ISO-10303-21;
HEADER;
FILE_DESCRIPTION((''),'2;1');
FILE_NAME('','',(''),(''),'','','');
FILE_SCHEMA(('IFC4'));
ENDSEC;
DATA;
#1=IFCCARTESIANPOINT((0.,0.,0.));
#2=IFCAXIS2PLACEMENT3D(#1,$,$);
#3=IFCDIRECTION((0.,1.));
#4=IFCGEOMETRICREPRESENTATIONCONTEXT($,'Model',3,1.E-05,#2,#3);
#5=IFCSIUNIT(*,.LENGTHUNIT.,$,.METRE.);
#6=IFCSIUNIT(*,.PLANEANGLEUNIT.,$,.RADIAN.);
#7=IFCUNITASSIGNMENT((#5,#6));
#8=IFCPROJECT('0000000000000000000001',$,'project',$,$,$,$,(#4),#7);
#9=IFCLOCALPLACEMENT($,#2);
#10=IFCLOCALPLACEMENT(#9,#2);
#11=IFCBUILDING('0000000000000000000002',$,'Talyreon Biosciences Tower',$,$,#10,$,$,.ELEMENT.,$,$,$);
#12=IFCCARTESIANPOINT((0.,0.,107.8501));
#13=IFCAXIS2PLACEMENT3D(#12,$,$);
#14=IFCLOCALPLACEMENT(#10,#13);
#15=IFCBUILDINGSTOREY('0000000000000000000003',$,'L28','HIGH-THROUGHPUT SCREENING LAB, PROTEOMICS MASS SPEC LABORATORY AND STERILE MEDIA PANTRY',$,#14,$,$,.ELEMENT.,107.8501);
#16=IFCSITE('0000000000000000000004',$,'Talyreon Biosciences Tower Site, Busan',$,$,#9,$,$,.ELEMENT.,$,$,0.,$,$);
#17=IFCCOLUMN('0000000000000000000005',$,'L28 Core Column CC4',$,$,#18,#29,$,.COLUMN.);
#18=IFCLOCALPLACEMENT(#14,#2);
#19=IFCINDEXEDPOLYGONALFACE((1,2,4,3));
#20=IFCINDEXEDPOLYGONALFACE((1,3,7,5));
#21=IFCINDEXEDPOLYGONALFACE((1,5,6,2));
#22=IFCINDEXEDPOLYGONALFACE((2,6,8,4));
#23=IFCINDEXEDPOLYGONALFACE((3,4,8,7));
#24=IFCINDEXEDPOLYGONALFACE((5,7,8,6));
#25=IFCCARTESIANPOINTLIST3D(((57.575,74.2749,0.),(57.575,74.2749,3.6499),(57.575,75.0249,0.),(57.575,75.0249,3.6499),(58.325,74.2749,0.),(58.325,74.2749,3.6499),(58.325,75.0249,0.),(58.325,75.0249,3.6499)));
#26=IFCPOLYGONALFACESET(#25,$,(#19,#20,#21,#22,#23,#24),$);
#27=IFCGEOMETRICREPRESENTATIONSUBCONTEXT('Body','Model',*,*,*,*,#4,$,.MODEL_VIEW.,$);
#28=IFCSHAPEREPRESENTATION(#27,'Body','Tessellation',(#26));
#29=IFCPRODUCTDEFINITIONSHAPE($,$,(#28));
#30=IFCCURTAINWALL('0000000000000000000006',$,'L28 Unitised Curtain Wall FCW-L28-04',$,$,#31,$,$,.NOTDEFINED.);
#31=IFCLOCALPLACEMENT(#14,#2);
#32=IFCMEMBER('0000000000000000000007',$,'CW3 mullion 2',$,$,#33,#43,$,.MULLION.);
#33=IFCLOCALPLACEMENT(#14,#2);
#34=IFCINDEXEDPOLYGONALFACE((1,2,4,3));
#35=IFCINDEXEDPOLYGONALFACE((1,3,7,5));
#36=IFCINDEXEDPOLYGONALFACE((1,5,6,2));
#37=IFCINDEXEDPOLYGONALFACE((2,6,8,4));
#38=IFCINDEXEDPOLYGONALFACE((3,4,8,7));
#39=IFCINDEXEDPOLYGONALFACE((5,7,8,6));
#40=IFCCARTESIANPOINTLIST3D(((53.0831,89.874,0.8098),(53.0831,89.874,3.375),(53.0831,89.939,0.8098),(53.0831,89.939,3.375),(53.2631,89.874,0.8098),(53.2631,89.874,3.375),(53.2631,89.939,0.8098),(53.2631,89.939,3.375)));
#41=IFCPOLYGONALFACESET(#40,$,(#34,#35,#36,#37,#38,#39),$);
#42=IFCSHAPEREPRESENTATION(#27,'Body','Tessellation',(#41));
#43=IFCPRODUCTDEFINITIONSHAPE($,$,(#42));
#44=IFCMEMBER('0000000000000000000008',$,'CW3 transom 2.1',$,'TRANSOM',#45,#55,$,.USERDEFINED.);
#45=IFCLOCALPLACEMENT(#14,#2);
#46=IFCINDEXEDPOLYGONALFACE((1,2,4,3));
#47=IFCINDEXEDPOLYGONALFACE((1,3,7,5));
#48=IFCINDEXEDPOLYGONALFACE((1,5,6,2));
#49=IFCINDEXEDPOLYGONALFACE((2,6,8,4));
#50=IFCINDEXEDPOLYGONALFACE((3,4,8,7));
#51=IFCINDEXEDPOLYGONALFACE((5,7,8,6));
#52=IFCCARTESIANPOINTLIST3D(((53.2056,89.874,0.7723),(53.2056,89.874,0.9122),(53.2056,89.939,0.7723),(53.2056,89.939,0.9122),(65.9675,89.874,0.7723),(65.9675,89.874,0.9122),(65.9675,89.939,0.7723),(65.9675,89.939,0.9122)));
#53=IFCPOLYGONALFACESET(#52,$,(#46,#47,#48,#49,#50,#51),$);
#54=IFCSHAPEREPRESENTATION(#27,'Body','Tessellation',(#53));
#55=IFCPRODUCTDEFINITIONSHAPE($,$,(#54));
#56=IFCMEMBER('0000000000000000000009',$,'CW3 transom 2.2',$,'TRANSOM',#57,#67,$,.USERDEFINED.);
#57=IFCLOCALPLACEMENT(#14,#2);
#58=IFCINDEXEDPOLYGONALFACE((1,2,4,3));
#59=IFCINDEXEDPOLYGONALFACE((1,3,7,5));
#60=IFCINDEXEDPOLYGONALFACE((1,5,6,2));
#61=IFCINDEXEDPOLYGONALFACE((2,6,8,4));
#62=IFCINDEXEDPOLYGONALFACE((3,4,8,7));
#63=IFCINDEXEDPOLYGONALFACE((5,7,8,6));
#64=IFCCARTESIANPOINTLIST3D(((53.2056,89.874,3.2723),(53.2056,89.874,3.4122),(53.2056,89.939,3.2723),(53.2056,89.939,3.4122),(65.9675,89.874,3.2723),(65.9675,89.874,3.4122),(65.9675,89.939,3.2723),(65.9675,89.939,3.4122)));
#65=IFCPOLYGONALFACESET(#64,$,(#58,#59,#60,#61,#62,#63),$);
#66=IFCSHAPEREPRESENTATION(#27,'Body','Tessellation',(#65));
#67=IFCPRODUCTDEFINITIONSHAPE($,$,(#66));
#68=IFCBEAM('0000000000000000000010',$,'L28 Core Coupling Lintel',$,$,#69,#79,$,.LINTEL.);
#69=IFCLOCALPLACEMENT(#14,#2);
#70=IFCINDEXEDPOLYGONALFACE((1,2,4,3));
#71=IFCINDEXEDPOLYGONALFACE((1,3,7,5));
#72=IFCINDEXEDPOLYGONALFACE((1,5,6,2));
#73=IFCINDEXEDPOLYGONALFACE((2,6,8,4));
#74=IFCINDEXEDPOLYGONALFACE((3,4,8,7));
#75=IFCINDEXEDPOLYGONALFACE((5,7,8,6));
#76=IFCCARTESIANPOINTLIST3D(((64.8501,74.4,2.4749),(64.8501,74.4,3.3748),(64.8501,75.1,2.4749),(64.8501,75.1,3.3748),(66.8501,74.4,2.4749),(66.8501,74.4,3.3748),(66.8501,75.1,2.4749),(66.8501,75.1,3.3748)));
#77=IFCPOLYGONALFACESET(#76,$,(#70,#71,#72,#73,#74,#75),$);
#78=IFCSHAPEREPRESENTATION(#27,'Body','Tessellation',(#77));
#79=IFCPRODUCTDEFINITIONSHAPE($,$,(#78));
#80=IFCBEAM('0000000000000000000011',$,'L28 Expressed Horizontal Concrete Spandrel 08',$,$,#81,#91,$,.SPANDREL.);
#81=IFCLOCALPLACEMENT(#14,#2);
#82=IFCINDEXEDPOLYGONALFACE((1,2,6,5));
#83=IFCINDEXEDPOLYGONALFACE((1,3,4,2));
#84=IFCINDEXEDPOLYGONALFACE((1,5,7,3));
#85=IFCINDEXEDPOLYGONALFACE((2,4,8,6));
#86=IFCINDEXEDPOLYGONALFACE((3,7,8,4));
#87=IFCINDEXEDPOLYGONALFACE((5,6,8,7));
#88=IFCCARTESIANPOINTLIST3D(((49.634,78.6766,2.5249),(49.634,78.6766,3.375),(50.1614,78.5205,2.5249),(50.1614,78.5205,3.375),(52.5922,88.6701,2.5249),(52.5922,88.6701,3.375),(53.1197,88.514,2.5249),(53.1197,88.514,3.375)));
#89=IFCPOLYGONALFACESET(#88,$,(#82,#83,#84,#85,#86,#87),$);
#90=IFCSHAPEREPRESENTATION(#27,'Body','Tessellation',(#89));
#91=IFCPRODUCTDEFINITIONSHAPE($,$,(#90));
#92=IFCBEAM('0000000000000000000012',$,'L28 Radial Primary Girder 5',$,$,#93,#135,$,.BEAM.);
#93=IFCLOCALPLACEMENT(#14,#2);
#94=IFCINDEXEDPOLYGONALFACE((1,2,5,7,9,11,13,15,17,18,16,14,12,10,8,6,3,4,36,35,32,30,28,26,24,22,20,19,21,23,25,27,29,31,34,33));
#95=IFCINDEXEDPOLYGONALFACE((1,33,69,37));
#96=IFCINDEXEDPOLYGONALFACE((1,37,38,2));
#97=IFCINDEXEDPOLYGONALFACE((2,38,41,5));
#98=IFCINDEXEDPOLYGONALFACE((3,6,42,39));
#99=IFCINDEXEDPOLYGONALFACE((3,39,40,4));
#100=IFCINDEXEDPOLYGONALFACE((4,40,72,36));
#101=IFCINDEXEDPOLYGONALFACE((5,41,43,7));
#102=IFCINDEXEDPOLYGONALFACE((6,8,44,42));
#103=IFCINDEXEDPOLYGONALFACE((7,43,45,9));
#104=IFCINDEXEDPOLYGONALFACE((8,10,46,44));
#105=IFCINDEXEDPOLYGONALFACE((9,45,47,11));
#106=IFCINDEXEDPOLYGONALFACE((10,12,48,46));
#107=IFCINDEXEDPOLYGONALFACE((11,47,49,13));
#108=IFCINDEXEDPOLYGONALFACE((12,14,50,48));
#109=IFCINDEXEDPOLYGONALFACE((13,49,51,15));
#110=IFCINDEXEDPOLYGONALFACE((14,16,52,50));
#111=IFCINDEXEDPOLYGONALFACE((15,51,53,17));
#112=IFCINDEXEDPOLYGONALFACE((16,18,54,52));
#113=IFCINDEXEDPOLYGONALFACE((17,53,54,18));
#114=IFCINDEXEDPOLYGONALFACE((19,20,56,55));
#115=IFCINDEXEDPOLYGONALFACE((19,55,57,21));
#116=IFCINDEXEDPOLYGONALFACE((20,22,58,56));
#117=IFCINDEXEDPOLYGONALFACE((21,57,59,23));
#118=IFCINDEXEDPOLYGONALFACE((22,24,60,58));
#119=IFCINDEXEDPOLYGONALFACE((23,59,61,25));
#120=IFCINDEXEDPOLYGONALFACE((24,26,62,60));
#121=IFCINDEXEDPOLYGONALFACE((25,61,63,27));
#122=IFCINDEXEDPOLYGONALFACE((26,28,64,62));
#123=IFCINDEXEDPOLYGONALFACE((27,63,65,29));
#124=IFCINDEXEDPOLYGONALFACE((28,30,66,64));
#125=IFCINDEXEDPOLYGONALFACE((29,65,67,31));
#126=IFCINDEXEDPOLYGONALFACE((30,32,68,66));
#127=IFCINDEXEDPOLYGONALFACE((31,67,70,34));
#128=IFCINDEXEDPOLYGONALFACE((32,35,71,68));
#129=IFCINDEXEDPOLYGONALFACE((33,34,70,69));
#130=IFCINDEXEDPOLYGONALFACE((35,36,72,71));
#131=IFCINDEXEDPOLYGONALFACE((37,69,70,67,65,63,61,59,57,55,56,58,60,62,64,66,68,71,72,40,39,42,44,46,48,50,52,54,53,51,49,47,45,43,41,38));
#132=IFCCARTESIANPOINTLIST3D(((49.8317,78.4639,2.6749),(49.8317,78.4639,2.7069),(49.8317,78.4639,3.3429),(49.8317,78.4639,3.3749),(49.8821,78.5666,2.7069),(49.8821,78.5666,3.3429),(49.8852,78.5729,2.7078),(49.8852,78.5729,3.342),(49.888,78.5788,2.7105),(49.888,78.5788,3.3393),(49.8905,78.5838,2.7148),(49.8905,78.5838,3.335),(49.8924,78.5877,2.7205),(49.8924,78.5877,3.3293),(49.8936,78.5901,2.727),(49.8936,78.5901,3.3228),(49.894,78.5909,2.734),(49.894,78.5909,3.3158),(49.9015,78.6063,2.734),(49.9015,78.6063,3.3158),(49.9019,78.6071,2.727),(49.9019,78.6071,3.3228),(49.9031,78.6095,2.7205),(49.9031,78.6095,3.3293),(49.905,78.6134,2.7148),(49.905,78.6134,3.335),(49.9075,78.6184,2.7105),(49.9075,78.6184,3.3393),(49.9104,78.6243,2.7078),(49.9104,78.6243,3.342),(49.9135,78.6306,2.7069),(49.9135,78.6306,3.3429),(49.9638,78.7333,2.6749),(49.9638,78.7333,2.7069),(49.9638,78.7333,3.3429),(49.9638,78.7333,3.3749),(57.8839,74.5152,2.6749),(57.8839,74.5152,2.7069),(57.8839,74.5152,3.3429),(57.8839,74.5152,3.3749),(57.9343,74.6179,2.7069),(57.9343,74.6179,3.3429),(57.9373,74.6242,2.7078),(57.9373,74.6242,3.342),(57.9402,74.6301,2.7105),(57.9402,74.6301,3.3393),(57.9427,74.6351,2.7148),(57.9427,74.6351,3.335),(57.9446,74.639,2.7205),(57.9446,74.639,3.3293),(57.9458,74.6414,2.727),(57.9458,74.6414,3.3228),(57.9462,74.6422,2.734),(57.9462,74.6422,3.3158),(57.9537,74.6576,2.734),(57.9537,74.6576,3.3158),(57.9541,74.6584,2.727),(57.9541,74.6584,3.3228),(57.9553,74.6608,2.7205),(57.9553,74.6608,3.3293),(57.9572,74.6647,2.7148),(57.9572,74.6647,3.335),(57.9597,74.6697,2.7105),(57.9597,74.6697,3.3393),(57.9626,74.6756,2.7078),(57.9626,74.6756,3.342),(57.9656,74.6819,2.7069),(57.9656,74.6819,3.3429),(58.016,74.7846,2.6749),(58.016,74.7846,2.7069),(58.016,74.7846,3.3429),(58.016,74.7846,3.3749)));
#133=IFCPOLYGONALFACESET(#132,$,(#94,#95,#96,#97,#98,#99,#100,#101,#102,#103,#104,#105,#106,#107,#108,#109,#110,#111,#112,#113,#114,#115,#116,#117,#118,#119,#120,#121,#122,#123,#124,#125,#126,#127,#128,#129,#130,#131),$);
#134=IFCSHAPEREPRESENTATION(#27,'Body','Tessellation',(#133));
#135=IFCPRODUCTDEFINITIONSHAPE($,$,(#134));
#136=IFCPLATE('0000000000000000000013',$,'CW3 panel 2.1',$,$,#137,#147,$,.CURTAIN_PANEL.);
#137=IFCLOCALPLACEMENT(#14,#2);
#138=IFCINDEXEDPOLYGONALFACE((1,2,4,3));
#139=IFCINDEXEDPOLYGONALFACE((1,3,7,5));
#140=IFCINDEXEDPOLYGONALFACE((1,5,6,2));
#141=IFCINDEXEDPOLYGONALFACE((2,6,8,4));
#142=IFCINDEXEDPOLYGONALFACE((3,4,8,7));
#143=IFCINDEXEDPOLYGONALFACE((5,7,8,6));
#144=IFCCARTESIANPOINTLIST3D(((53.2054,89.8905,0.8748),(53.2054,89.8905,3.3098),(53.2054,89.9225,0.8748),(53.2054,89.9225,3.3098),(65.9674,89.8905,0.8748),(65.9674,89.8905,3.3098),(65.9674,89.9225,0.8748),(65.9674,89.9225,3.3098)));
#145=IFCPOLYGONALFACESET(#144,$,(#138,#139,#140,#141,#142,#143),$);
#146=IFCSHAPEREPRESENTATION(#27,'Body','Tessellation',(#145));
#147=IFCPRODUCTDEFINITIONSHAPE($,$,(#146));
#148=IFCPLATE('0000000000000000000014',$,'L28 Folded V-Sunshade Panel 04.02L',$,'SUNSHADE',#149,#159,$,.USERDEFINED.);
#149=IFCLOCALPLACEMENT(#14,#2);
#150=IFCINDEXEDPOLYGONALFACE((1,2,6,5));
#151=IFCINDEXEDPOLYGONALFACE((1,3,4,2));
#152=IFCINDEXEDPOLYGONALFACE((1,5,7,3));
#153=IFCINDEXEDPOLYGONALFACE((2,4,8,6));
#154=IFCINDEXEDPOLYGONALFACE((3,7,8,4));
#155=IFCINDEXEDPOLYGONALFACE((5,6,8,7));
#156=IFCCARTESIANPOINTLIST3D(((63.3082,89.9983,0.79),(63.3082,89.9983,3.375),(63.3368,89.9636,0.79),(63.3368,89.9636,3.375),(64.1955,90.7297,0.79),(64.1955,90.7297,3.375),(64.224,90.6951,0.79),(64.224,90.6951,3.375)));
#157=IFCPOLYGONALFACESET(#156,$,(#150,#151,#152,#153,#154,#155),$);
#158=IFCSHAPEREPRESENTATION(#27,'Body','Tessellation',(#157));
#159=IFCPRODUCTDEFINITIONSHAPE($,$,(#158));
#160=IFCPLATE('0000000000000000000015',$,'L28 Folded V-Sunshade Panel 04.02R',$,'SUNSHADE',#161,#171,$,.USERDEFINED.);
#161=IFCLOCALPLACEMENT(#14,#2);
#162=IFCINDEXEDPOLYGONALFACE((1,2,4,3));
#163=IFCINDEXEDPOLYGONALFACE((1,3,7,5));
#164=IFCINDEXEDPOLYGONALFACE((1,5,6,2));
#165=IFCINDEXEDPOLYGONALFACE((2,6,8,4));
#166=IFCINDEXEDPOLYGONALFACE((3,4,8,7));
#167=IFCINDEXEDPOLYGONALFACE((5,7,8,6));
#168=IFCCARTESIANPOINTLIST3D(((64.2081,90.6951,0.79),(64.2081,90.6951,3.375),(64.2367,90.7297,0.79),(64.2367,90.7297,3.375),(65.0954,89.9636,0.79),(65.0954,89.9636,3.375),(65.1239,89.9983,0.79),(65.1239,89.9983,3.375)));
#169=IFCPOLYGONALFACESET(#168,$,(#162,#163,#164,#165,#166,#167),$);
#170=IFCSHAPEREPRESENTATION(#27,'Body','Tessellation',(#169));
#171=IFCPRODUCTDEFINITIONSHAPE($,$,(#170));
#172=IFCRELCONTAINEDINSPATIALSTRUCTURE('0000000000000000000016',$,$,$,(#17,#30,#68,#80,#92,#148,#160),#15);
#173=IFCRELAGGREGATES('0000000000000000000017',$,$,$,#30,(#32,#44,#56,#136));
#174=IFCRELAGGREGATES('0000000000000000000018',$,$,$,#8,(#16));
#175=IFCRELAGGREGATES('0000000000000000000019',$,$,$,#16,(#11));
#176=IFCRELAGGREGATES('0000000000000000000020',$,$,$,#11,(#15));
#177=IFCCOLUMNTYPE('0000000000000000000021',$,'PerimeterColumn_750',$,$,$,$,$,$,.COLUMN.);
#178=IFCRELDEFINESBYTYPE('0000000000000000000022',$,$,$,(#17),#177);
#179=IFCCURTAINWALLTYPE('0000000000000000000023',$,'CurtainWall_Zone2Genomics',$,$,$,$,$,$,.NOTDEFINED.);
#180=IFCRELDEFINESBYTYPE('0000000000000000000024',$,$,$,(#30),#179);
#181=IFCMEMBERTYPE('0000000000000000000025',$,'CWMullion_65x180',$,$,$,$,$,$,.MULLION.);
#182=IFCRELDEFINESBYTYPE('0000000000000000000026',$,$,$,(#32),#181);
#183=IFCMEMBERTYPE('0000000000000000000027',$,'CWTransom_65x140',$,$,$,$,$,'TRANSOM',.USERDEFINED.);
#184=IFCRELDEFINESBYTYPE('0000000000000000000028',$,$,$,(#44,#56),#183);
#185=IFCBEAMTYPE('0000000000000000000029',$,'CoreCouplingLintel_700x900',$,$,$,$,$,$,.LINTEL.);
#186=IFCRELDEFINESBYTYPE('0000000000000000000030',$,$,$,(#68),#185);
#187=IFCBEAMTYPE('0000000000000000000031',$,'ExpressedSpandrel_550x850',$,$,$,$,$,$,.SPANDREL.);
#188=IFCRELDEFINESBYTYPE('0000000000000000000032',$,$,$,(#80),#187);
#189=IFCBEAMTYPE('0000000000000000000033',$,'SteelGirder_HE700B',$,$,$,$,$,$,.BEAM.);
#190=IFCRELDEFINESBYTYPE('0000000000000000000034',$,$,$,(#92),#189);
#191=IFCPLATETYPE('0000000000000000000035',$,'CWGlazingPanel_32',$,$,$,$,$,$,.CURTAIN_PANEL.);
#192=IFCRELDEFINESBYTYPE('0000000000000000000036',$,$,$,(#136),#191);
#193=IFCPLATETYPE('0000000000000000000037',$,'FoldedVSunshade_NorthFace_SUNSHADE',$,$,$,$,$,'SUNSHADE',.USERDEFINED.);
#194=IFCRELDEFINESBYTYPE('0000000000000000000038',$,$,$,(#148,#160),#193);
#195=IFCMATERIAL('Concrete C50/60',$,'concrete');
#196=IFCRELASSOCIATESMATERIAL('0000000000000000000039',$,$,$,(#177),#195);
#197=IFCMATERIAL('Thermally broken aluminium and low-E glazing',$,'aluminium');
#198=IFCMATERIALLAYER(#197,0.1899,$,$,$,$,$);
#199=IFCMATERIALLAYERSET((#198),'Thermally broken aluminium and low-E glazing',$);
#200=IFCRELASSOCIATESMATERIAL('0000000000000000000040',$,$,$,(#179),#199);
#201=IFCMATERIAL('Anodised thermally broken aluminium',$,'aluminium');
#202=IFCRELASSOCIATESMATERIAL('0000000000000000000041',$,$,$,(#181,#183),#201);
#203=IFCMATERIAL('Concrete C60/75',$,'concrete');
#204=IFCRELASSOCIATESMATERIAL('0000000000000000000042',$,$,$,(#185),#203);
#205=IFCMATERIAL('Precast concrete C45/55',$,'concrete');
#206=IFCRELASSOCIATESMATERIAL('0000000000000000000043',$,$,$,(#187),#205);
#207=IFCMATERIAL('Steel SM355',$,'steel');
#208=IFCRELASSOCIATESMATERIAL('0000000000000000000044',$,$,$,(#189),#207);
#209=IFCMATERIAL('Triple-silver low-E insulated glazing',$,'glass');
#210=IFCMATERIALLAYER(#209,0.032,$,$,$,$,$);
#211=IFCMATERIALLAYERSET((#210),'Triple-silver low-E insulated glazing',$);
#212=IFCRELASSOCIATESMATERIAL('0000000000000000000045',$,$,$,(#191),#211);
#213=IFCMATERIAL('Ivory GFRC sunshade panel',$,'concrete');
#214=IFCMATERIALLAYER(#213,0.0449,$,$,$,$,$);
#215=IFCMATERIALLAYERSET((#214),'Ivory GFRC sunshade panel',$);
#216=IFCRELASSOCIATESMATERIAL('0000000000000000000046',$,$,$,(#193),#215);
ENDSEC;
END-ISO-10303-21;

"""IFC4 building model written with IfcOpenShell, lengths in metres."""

from ifc_helpers import new_model, si_unit, direction, frame, origin, origin_2d, place, context, subcontext, project, spatial, rectangle, i_section, extrude, material, layer, layer_set, material_profile, profile_set, type_object, element, aggregate, save


model = new_model("IFC4")

# Units and contexts
model_context = context("Model", 3, precision=1e-05, world=origin(), true_north=direction((0.0, 1.0)))
body_context = subcontext(model_context, "Body", "Model", "MODEL_VIEW")
ifc_project = project(units=[si_unit("LENGTHUNIT", "METRE"), si_unit("PLANEANGLEUNIT", "RADIAN")], contexts=[model_context])

# Site, building, storey
site_placement = place(None, origin())
site = spatial("IfcSite", under=ifc_project, at=site_placement, Name="Talyreon Biosciences Tower Site, Busan", CompositionType="ELEMENT", RefElevation=0.0)
building_placement = place(site_placement, origin())
building = spatial("IfcBuilding", under=site, at=building_placement, Name="Talyreon Biosciences Tower", CompositionType="ELEMENT")
storey_placement = place(building_placement, frame((0.0, 0.0, 107.8501)))
storey = spatial("IfcBuildingStorey", under=building, at=storey_placement, Name="L28", Description="HIGH-THROUGHPUT SCREENING LAB, PROTEOMICS MASS SPEC LABORATORY AND STERILE MEDIA PANTRY", CompositionType="ELEMENT", Elevation=107.8501)

# Column
ifc_material_1 = material(Name="Concrete C50/60", Category="concrete")
ifc_material_profile_1 = material_profile(ifc_material_1, rectangle(XDim=0.75, YDim=0.75, at=origin_2d()), Name="RC 750x750")
ifc_profile_set_1 = profile_set([ifc_material_profile_1], Name="Concrete C50/60")
column_type = type_object("IfcColumnType", Name="PerimeterColumn_750", PredefinedType="COLUMN", material=ifc_profile_set_1)
column_placement = place(storey_placement, frame((57.95, 74.6499, 0.0), z_axis=(0.0, 0.0, 1.0), x_axis=(1.0, 0.0, 0.0)))
element("IfcColumn", 1, at=column_placement, inside=storey, type_object=column_type, Name="L28 Core Column CC4", PredefinedType="COLUMN", context=body_context, shape_type="SweptSolid", body=[
    extrude(rectangle(XDim=0.75, YDim=0.75, at=origin_2d()), origin(), (0.0, 0.0, 1.0), 3.6499),
])

# Curtain wall, members
ifc_material_2 = material(Name="Thermally broken aluminium and low-E glazing", Category="aluminium")
ifc_layer_1 = layer(ifc_material_2, 0.1899)
ifc_layer_set_1 = layer_set([ifc_layer_1], Name="Thermally broken aluminium and low-E glazing")
curtain_wall_type = type_object("IfcCurtainWallType", Name="CurtainWall_Zone2Genomics", PredefinedType="NOTDEFINED", material=ifc_layer_set_1)
curtain_wall_placement = place(storey_placement, origin())
curtain_wall = element("IfcCurtainWall", 2, at=curtain_wall_placement, inside=storey, type_object=curtain_wall_type, Name="L28 Unitised Curtain Wall FCW-L28-04", PredefinedType="NOTDEFINED")
ifc_material_3 = material(Name="Anodised thermally broken aluminium", Category="aluminium")
ifc_material_profile_2 = material_profile(ifc_material_3, rectangle(XDim=0.0649, YDim=0.1799, at=origin_2d()), Name="ALUM MULLION 65x180")
ifc_profile_set_2 = profile_set([ifc_material_profile_2], Name="Anodised thermally broken aluminium")
member_type_1 = type_object("IfcMemberType", Name="CWMullion_65x180", PredefinedType="MULLION", material=ifc_profile_set_2)
member_1_placement = place(storey_placement, frame((53.1731, 89.9065, 0.8098), z_axis=(0.0, 0.0, 1.0), x_axis=(0.0, 1.0, 0.0)))
member_1 = element("IfcMember", 3, at=member_1_placement, type_object=member_type_1, Name="CW3 mullion 2", PredefinedType="MULLION", context=body_context, shape_type="SweptSolid", body=[
    extrude(rectangle(XDim=0.0649, YDim=0.1799, at=origin_2d()), origin(), (0.0, 0.0, 1.0), 2.5652),
])
ifc_material_profile_3 = material_profile(ifc_material_3, rectangle(XDim=0.0649, YDim=0.1399, at=origin_2d()), Name="ALUM TRANSOM 65x140")
ifc_profile_set_3 = profile_set([ifc_material_profile_3], Name="Anodised thermally broken aluminium")
member_type_2 = type_object("IfcMemberType", Name="CWTransom_65x140", ElementType="TRANSOM", PredefinedType="USERDEFINED", material=ifc_profile_set_3)
member_2_placement = place(storey_placement, frame((53.2056, 89.9065, 0.8423), z_axis=(1.0, 0.0, 0.0), x_axis=(0.0, 1.0, 0.0)))
member_2 = element("IfcMember", 4, at=member_2_placement, type_object=member_type_2, Name="CW3 transom 2.1", ObjectType="TRANSOM", PredefinedType="USERDEFINED", context=body_context, shape_type="SweptSolid", body=[
    extrude(rectangle(XDim=0.0649, YDim=0.1399, at=origin_2d()), origin(), (0.0, 0.0, 1.0), 12.762),
])
member_3_placement = place(storey_placement, frame((53.2056, 89.9065, 3.3423), z_axis=(1.0, 0.0, 0.0), x_axis=(0.0, 1.0, 0.0)))
member_3 = element("IfcMember", 5, at=member_3_placement, type_object=member_type_2, Name="CW3 transom 2.2", ObjectType="TRANSOM", PredefinedType="USERDEFINED", context=body_context, shape_type="SweptSolid", body=[
    extrude(rectangle(XDim=0.0649, YDim=0.1399, at=origin_2d()), origin(), (0.0, 0.0, 1.0), 12.762),
])

# Beams
ifc_material_4 = material(Name="Concrete C60/75", Category="concrete")
ifc_material_profile_4 = material_profile(ifc_material_4, rectangle(XDim=0.7, YDim=0.8999, at=origin_2d()), Name="RCB 700x900")
ifc_profile_set_4 = profile_set([ifc_material_profile_4], Name="Concrete C60/75")
beam_type_1 = type_object("IfcBeamType", Name="CoreCouplingLintel_700x900", PredefinedType="LINTEL", material=ifc_profile_set_4)
beam_1_placement = place(storey_placement, frame((64.8501, 74.75, 2.9248), z_axis=(1.0, 0.0, 0.0), x_axis=(0.0, 1.0, 0.0)))
element("IfcBeam", 6, at=beam_1_placement, inside=storey, type_object=beam_type_1, Name="L28 Core Coupling Lintel", PredefinedType="LINTEL", context=body_context, shape_type="SweptSolid", body=[
    extrude(rectangle(XDim=0.7, YDim=0.8999, at=origin_2d()), origin(), (0.0, 0.0, 1.0), 2.0),
])
ifc_material_5 = material(Name="Precast concrete C45/55", Category="concrete")
ifc_material_profile_5 = material_profile(ifc_material_5, rectangle(XDim=0.55, YDim=0.8501, at=origin_2d()), Name="RCB 550x850")
ifc_profile_set_5 = profile_set([ifc_material_profile_5], Name="Precast concrete C45/55")
beam_type_2 = type_object("IfcBeamType", Name="ExpressedSpandrel_550x850", PredefinedType="SPANDREL", material=ifc_profile_set_5)
beam_2_placement = place(storey_placement, frame((52.856, 88.592, 2.95), z_axis=(-0.283845, -0.95887, 0.0), x_axis=(0.95887, -0.283845, 0.0)))
element("IfcBeam", 7, at=beam_2_placement, inside=storey, type_object=beam_type_2, Name="L28 Expressed Horizontal Concrete Spandrel 08", PredefinedType="SPANDREL", context=body_context, shape_type="SweptSolid", body=[
    extrude(rectangle(XDim=0.55, YDim=0.8501, at=origin_2d()), origin(), (0.0, 0.0, 1.0), 10.4221),
])
ifc_material_6 = material(Name="Steel SM355", Category="steel")
ifc_material_profile_6 = material_profile(ifc_material_6, i_section(OverallWidth=0.3, OverallDepth=0.7, WebThickness=0.0171, FlangeThickness=0.032, FilletRadius=0.0271, at=origin_2d()), Name="HE700B")
ifc_profile_set_6 = profile_set([ifc_material_profile_6], Name="Steel SM355")
beam_type_3 = type_object("IfcBeamType", Name="SteelGirder_HE700B", PredefinedType="BEAM", material=ifc_profile_set_6)
beam_3_placement = place(storey_placement, frame((57.95, 74.6499, 3.0249), z_axis=(-0.897852, 0.440297, 0.0), x_axis=(-0.440297, -0.897852, 0.0)))
element("IfcBeam", 8, at=beam_3_placement, inside=storey, type_object=beam_type_3, Name="L28 Radial Primary Girder 5", PredefinedType="BEAM", context=body_context, shape_type="SweptSolid", body=[
    extrude(i_section(OverallWidth=0.3, OverallDepth=0.7, WebThickness=0.0171, FlangeThickness=0.032, FilletRadius=0.0271, at=origin_2d()), origin(), (0.0, 0.0, 1.0), 8.9683),
])

# Plate
ifc_material_7 = material(Name="Triple-silver low-E insulated glazing", Category="glass")
ifc_layer_2 = layer(ifc_material_7, 0.032)
ifc_layer_set_2 = layer_set([ifc_layer_2], Name="Triple-silver low-E insulated glazing")
plate_type_1 = type_object("IfcPlateType", Name="CWGlazingPanel_32", PredefinedType="CURTAIN_PANEL", material=ifc_layer_set_2)
plate_placement = place(storey_placement, frame((59.5864, 89.9065, 0.8748), z_axis=(0.0, 0.0, 1.0), x_axis=(1.0, 0.0, 0.0)))
plate = element("IfcPlate", 9, at=plate_placement, type_object=plate_type_1, Name="CW3 panel 2.1", PredefinedType="CURTAIN_PANEL", context=body_context, shape_type="SweptSolid", body=[
    extrude(rectangle(XDim=12.762, YDim=0.032, at=origin_2d()), origin(), (0.0, 0.0, 1.0), 2.4351),
])
aggregate(curtain_wall, [member_1, member_2, member_3, plate])

# Plates
ifc_material_8 = material(Name="Ivory GFRC sunshade panel", Category="concrete")
ifc_layer_3 = layer(ifc_material_8, 0.0449)
ifc_layer_set_3 = layer_set([ifc_layer_3], Name="Ivory GFRC sunshade panel")
plate_type_2 = type_object("IfcPlateType", Name="FoldedVSunshade_NorthFace_SUNSHADE", ElementType="SUNSHADE", PredefinedType="USERDEFINED", material=ifc_layer_set_3)
for number, where, z_axis, x_axis, name in (
    (10, (63.7661, 90.3467, 0.79), (0.0, 0.0, 1.0), (0.771625, 0.636078, 0.0), "L28 Folded V-Sunshade Panel 04.02L"),
    (11, (64.666, 90.3467, 0.79), (0.0, 0.0, 1.0), (0.771625, -0.636078, 0.0), "L28 Folded V-Sunshade Panel 04.02R"),
):
    element("IfcPlate", number, at=place(storey_placement, frame(where, z_axis=z_axis, x_axis=x_axis)), inside=storey, type_object=plate_type_2, Name=name, ObjectType="SUNSHADE", PredefinedType="USERDEFINED", context=body_context, shape_type="SweptSolid", body=[
        extrude(rectangle(XDim=1.1499, YDim=0.0449, at=origin_2d()), origin(), (0.0, 0.0, 1.0), 2.585),
    ])

save(model, "model.ifc")
